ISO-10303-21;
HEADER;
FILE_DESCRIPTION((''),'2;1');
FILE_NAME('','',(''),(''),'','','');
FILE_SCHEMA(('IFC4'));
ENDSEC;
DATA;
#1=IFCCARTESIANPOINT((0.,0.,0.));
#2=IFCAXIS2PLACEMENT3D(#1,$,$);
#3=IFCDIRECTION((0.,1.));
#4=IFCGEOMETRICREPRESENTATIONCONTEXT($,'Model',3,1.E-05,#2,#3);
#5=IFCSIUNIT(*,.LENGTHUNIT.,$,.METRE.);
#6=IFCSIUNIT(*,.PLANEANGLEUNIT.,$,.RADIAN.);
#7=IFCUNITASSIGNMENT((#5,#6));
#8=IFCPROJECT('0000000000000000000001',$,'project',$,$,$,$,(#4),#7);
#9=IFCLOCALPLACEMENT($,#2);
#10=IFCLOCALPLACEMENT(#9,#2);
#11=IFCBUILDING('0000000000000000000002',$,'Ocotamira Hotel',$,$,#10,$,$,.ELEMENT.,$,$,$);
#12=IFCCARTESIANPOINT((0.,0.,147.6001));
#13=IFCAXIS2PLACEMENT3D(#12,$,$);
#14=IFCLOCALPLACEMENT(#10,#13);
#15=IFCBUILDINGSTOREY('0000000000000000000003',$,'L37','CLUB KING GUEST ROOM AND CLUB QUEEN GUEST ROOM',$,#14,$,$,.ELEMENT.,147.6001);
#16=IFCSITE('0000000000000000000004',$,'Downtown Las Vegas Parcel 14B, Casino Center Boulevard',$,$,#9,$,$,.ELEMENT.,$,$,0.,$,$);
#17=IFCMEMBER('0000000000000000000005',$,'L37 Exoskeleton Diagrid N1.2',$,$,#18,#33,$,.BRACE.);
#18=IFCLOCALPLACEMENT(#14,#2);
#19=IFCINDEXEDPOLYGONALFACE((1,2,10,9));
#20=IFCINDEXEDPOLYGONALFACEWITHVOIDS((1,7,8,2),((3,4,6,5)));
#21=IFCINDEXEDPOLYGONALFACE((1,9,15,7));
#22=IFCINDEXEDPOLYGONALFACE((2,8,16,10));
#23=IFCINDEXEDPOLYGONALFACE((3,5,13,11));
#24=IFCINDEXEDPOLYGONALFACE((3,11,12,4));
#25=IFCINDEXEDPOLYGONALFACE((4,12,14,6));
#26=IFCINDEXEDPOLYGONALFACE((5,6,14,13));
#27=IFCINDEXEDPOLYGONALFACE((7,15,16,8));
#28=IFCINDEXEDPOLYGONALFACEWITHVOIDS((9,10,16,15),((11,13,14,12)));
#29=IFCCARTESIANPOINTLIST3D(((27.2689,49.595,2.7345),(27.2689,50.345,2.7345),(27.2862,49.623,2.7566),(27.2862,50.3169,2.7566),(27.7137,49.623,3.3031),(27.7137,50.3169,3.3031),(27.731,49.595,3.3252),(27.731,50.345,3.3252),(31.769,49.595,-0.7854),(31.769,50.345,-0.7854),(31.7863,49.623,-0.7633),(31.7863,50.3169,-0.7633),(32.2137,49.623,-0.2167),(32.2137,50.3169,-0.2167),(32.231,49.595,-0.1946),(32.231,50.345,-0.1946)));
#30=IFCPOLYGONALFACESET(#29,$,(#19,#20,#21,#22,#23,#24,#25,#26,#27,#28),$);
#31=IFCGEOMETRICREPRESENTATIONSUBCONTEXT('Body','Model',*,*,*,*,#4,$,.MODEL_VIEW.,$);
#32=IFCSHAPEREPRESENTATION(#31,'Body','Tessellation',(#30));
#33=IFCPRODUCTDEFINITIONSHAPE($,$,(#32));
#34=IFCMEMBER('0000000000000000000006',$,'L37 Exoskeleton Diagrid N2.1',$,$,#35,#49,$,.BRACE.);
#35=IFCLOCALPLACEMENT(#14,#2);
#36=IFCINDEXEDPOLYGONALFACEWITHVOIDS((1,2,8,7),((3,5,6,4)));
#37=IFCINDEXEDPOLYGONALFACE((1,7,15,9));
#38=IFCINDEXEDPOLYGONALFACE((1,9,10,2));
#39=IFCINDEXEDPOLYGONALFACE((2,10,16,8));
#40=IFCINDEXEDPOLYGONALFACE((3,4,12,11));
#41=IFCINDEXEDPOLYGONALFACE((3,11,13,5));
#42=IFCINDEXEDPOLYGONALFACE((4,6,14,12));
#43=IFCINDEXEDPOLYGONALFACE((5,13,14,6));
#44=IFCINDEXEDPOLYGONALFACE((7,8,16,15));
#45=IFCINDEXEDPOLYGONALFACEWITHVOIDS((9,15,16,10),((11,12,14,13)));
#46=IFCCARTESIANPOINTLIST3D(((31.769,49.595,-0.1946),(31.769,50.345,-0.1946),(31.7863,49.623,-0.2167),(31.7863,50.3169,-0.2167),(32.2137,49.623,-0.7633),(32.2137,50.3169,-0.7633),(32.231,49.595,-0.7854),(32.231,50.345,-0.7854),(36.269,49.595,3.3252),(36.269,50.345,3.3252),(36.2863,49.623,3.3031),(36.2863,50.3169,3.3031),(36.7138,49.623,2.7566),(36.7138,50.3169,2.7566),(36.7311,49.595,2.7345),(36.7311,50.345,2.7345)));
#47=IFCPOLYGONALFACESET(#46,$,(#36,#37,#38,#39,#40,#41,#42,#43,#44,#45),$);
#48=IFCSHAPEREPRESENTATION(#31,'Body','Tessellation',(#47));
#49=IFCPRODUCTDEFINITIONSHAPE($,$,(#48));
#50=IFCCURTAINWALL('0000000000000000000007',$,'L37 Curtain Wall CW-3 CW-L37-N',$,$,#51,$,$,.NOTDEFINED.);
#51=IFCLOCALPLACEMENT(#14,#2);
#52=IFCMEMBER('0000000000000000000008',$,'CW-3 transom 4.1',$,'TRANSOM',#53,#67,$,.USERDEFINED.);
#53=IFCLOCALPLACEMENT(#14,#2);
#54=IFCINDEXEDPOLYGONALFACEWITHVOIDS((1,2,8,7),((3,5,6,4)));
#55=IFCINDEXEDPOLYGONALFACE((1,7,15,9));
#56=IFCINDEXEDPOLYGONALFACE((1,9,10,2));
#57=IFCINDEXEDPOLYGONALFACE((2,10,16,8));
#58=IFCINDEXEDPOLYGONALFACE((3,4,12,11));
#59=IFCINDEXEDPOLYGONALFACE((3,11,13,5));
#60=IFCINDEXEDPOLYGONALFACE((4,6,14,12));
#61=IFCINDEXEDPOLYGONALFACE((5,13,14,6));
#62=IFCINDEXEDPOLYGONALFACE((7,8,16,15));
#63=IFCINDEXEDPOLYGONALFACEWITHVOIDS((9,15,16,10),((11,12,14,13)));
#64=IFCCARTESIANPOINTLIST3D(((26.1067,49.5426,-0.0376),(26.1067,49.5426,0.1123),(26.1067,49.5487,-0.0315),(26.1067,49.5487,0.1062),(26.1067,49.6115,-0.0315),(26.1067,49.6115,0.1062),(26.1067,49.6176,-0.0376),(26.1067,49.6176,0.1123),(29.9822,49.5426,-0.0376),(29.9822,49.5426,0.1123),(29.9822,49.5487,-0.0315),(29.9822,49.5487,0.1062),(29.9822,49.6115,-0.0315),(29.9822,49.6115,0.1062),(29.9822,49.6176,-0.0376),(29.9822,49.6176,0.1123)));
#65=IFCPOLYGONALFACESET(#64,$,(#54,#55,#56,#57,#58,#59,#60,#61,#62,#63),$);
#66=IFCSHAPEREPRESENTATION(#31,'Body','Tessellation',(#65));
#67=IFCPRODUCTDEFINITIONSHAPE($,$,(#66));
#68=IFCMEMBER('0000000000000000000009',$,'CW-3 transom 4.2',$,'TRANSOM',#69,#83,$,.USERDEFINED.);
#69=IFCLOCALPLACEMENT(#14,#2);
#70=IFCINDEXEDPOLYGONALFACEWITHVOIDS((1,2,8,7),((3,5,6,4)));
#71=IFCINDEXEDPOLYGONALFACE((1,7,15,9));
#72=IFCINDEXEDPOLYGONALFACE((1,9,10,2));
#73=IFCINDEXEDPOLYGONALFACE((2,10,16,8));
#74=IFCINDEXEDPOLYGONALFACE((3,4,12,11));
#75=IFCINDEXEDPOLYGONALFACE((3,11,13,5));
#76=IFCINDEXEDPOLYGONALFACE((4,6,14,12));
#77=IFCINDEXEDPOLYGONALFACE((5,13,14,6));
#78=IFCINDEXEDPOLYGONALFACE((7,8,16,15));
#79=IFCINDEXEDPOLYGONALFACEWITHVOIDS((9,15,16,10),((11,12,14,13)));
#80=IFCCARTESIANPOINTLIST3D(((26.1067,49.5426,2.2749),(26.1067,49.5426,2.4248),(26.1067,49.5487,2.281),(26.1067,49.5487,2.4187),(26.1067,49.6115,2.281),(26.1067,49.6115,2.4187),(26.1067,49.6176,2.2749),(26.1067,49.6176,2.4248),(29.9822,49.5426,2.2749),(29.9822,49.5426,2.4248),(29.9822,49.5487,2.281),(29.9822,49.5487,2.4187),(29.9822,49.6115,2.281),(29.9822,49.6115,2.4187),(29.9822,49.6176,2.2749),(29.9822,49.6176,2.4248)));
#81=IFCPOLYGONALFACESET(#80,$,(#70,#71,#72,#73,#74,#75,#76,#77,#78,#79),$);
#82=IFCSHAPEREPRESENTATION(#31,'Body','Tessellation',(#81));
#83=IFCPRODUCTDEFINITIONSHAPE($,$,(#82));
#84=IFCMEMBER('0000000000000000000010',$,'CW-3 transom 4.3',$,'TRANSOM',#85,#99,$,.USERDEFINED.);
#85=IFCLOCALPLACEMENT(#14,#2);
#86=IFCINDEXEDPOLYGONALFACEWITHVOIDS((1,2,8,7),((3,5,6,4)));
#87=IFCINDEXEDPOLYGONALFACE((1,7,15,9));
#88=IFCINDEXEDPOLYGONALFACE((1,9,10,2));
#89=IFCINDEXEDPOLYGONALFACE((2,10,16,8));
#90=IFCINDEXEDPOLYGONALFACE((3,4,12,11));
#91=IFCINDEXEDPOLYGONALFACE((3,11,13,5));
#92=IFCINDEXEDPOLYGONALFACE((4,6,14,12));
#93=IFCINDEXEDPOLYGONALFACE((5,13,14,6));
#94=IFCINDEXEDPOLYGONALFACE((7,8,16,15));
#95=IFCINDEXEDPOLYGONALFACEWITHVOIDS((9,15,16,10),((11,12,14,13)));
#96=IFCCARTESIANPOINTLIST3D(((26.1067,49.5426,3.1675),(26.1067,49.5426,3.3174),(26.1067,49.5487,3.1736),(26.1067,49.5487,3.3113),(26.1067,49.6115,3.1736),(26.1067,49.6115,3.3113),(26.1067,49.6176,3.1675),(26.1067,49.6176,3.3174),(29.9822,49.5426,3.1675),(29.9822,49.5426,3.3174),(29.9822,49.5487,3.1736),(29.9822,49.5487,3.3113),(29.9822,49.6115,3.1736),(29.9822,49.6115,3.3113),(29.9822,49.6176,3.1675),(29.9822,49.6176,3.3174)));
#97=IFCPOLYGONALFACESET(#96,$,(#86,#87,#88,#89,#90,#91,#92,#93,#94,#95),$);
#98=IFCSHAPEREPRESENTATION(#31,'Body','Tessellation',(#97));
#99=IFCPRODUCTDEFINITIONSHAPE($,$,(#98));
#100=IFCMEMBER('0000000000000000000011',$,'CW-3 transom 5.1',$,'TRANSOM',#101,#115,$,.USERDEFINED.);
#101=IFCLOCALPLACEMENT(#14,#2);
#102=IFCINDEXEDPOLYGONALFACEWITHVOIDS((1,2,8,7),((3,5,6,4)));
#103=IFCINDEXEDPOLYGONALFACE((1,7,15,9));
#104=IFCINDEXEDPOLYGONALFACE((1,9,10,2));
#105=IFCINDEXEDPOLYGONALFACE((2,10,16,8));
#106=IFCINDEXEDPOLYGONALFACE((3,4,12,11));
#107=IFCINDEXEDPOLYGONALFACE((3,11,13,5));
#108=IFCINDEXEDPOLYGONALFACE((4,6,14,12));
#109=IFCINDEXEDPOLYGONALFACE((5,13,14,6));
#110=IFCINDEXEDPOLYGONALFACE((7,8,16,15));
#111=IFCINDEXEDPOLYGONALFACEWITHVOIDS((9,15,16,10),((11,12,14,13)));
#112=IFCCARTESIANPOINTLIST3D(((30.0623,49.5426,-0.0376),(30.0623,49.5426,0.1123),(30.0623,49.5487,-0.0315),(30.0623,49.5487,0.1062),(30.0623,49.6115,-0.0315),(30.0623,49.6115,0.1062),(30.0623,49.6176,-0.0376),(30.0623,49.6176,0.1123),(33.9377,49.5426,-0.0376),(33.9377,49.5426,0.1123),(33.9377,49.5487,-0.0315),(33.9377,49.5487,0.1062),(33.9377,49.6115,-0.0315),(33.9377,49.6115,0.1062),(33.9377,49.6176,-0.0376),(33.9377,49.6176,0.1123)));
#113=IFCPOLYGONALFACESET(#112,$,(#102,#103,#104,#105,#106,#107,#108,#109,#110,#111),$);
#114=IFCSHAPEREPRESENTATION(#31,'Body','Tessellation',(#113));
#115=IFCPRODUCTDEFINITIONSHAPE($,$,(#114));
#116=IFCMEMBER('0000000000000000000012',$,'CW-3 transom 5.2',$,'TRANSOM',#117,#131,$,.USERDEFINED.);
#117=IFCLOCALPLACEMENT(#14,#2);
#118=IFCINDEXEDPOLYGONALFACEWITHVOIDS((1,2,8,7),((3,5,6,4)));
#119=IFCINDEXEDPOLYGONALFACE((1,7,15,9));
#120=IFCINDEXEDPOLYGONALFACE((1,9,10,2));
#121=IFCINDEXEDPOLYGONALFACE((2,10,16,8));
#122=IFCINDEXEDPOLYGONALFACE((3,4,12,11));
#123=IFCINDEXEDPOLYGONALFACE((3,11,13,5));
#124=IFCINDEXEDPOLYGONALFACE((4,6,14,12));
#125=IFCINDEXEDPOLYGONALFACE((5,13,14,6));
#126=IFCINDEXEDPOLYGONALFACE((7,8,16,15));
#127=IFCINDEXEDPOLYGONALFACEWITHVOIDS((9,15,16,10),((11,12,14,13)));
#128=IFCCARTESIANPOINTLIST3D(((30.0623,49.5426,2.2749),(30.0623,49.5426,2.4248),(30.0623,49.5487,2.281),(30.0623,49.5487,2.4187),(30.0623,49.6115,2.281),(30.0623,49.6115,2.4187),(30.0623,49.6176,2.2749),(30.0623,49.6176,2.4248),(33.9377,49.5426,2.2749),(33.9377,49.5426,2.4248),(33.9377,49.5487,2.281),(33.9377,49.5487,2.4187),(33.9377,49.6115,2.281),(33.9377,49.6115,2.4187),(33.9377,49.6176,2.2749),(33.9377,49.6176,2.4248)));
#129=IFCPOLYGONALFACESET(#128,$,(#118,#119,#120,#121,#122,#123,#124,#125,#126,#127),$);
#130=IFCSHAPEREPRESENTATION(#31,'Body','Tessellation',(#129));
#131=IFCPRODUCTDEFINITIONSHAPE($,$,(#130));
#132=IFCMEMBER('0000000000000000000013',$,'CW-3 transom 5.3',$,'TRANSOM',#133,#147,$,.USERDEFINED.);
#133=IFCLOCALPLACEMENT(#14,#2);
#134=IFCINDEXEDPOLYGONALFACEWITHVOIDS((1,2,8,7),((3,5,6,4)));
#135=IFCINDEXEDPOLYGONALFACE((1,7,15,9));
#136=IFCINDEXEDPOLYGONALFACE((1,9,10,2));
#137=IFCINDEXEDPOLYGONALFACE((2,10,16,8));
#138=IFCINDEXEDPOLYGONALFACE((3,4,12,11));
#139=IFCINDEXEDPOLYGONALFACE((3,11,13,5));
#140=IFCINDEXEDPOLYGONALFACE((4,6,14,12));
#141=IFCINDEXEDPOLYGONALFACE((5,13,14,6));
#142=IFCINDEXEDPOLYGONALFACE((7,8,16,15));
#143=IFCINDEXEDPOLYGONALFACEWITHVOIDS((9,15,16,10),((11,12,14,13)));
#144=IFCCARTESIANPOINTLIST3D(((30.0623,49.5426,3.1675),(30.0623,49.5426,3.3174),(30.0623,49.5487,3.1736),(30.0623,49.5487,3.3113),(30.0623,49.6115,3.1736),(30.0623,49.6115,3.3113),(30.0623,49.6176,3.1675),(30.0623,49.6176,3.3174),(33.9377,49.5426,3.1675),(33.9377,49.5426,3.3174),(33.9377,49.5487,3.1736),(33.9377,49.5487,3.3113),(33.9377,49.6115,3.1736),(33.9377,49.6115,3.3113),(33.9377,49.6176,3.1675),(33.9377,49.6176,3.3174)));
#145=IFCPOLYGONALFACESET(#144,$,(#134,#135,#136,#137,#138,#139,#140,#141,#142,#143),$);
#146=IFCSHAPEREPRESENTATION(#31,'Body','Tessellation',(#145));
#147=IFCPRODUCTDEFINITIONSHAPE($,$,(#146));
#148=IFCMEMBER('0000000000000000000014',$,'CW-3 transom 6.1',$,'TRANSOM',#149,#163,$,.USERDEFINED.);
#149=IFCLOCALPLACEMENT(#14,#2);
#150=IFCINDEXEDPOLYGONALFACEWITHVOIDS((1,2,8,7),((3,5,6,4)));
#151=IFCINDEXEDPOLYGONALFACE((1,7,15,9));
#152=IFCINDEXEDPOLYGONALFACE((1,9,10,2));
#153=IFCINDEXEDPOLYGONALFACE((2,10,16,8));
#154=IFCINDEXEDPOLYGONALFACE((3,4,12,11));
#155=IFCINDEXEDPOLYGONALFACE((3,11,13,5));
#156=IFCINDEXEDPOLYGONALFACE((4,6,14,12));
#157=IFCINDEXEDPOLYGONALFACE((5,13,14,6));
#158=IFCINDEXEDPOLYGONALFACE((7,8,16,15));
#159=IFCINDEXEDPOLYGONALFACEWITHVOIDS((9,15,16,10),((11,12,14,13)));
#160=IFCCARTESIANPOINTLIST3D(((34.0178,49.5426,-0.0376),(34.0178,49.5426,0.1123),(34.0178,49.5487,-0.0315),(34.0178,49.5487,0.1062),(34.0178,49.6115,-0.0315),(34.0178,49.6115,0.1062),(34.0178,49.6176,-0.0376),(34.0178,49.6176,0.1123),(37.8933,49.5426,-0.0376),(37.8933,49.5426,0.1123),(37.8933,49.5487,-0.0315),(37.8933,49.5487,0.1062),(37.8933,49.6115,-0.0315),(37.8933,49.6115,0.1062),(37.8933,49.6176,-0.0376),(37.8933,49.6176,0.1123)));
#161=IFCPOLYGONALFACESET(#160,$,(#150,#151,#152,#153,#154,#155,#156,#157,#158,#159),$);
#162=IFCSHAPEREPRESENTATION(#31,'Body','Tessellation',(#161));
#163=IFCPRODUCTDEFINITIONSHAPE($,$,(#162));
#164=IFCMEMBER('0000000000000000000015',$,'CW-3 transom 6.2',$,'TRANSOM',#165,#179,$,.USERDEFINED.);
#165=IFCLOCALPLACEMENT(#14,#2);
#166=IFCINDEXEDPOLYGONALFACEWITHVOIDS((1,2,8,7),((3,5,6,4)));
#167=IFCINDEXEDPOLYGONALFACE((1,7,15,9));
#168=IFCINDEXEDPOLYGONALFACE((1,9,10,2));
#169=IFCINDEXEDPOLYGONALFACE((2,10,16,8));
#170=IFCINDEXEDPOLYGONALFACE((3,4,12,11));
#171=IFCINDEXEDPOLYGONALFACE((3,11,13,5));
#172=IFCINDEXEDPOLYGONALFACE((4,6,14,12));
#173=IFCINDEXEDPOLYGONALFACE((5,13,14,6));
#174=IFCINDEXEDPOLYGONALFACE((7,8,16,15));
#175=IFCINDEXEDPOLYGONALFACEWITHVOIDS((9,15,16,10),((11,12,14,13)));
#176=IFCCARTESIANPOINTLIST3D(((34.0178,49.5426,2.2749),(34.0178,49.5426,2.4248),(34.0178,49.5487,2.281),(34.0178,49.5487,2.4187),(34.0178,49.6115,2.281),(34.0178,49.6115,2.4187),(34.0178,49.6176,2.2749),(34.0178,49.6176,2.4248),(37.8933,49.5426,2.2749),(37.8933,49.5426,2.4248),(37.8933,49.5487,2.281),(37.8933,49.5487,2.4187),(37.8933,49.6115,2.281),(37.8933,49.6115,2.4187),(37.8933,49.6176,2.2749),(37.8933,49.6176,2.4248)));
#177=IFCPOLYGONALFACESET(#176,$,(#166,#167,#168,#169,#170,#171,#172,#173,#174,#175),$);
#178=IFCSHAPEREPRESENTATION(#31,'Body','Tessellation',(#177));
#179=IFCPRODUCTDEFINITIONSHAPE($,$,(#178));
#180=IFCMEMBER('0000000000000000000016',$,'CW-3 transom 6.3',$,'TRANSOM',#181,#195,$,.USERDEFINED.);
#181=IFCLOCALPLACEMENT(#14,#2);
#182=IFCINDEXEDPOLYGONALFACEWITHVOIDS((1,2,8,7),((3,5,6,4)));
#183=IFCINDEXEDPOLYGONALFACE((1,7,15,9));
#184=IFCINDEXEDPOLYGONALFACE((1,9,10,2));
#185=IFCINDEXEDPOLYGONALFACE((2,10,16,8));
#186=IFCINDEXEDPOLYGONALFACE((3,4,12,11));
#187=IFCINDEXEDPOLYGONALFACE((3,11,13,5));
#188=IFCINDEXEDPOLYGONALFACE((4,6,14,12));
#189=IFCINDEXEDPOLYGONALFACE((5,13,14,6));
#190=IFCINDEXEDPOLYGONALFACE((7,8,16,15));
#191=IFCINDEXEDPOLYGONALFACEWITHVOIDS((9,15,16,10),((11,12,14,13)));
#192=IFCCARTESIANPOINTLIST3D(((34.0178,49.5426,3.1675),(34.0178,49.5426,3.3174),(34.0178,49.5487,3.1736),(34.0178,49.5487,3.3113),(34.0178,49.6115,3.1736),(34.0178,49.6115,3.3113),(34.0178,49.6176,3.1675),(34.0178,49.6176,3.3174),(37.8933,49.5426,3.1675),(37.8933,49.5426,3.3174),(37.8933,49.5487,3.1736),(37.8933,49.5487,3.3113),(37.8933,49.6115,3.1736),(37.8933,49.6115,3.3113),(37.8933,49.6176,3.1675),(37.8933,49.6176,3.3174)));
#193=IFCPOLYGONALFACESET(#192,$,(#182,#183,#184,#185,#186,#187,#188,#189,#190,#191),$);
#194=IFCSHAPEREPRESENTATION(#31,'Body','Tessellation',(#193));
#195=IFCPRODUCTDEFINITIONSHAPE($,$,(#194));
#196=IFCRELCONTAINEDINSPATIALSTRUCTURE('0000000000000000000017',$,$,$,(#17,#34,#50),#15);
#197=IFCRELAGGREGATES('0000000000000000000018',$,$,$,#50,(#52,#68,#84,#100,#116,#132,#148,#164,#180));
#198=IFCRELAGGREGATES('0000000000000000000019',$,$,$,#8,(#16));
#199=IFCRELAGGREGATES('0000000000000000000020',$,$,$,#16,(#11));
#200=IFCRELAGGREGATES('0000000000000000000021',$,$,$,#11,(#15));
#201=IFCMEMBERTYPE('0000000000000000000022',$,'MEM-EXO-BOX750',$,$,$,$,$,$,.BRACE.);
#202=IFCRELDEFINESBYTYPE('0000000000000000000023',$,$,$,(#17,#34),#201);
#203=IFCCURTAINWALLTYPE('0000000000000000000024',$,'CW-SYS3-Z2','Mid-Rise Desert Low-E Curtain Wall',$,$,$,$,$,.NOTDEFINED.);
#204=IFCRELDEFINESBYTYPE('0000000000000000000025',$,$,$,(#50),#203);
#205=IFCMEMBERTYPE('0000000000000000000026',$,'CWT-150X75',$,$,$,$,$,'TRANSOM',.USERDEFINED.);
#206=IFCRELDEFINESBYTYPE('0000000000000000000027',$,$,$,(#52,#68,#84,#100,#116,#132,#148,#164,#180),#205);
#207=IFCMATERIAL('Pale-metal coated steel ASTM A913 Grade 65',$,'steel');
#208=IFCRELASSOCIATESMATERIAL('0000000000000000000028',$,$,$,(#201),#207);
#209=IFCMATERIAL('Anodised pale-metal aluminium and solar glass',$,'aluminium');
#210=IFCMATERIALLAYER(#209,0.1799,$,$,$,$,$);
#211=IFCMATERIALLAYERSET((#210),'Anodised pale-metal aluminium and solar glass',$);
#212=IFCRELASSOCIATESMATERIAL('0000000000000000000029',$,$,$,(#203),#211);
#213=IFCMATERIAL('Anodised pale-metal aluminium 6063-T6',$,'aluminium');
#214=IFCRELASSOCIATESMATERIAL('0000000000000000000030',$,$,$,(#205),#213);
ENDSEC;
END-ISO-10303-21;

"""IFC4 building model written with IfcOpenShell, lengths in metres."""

from ifc_helpers import new_model, si_unit, direction, frame, origin, origin_2d, place, context, subcontext, project, spatial, hollow_rectangle, extrude, source, transform, mapped, material, layer, layer_set, material_profile, profile_set, type_object, element, aggregate, save


model = new_model("IFC4")

# Units and contexts
model_context = context("Model", 3, precision=1e-05, world=origin(), true_north=direction((0.0, 1.0)))
body_context = subcontext(model_context, "Body", "Model", "MODEL_VIEW")
ifc_project = project(units=[si_unit("LENGTHUNIT", "METRE"), si_unit("PLANEANGLEUNIT", "RADIAN")], contexts=[model_context])

# Site, building, storey
site_placement = place(None, origin())
site = spatial("IfcSite", under=ifc_project, at=site_placement, Name="Downtown Las Vegas Parcel 14B, Casino Center Boulevard", CompositionType="ELEMENT", RefElevation=0.0)
building_placement = place(site_placement, origin())
building = spatial("IfcBuilding", under=site, at=building_placement, Name="Ocotamira Hotel", CompositionType="ELEMENT")
storey_placement = place(building_placement, frame((0.0, 0.0, 147.6001)))
storey = spatial("IfcBuildingStorey", under=building, at=storey_placement, Name="L37", Description="CLUB KING GUEST ROOM AND CLUB QUEEN GUEST ROOM", CompositionType="ELEMENT", Elevation=147.6001)

# Members
ifc_material_1 = material(Name="Pale-metal coated steel ASTM A913 Grade 65", Category="steel")
ifc_material_profile_1 = material_profile(ifc_material_1, hollow_rectangle(XDim=0.75, YDim=0.75, WallThickness=0.0281, at=origin_2d()), Name="BOX750X750X28")
ifc_profile_set_1 = profile_set([ifc_material_profile_1], Name="Pale-metal coated steel ASTM A913 Grade 65")
member_type_1 = type_object("IfcMemberType", Name="MEM-EXO-BOX750", PredefinedType="BRACE", material=ifc_profile_set_1)
shared_shape_1 = source(origin(), body_context, "Body", "SweptSolid", [
    extrude(hollow_rectangle(XDim=0.75, YDim=0.75, WallThickness=0.0281, at=origin_2d()), origin(), (0.0, 0.0, 1.0), 5.7131),
])
for number, where, z_axis, x_axis, name in (
    (1, (32.0, 49.97, -0.49), (-0.787672, 0.0, 0.616095), (0.0, -1.0, 0.0), "L37 Exoskeleton Diagrid N1.2"),
    (2, (32.0, 49.97, -0.49), (0.787672, 0.0, 0.616095), (0.0, 1.0, 0.0), "L37 Exoskeleton Diagrid N2.1"),
):
    element("IfcMember", number, at=place(storey_placement, frame(where, z_axis=z_axis, x_axis=x_axis)), inside=storey, type_object=member_type_1, Name=name, PredefinedType="BRACE", context=body_context, shape_type="MappedRepresentation", body=[
        mapped(shared_shape_1, transform((0.0, 0.0, 0.0), scale=1.0)),
    ])

# Curtain wall, members
ifc_material_2 = material(Name="Anodised pale-metal aluminium and solar glass", Category="aluminium")
ifc_layer_1 = layer(ifc_material_2, 0.1799)
ifc_layer_set_1 = layer_set([ifc_layer_1], Name="Anodised pale-metal aluminium and solar glass")
curtain_wall_type = type_object("IfcCurtainWallType", Name="CW-SYS3-Z2", Description="Mid-Rise Desert Low-E Curtain Wall", PredefinedType="NOTDEFINED", material=ifc_layer_set_1)
curtain_wall_placement = place(storey_placement, origin())
curtain_wall = element("IfcCurtainWall", 3, at=curtain_wall_placement, inside=storey, type_object=curtain_wall_type, Name="L37 Curtain Wall CW-3 CW-L37-N", PredefinedType="NOTDEFINED")
ifc_material_3 = material(Name="Anodised pale-metal aluminium 6063-T6", Category="aluminium")
ifc_material_profile_2 = material_profile(ifc_material_3, hollow_rectangle(XDim=0.075, YDim=0.1499, WallThickness=0.0061, at=origin_2d()), Name="HSS150X75X6")
ifc_profile_set_2 = profile_set([ifc_material_profile_2], Name="Anodised pale-metal aluminium 6063-T6")
member_type_2 = type_object("IfcMemberType", Name="CWT-150X75", ElementType="TRANSOM", PredefinedType="USERDEFINED", material=ifc_profile_set_2)
shared_shape_2 = source(origin(), body_context, "Body", "SweptSolid", [
    extrude(hollow_rectangle(XDim=0.075, YDim=0.1499, WallThickness=0.0061, at=origin_2d()), origin(), (0.0, 0.0, 1.0), 3.8755),
])
member_1_placement = place(storey_placement, frame((26.1067, 49.5801, 0.0374), z_axis=(1.0, 0.0, 0.0), x_axis=(0.0, 1.0, 0.0)))
member_1 = element("IfcMember", 4, at=member_1_placement, type_object=member_type_2, Name="CW-3 transom 4.1", ObjectType="TRANSOM", PredefinedType="USERDEFINED", context=body_context, shape_type="MappedRepresentation", body=[
    mapped(shared_shape_2, transform((0.0, 0.0, 0.0), scale=1.0)),
])
member_2_placement = place(storey_placement, frame((26.1067, 49.5801, 2.3499), z_axis=(1.0, 0.0, 0.0), x_axis=(0.0, 1.0, 0.0)))
member_2 = element("IfcMember", 5, at=member_2_placement, type_object=member_type_2, Name="CW-3 transom 4.2", ObjectType="TRANSOM", PredefinedType="USERDEFINED", context=body_context, shape_type="MappedRepresentation", body=[
    mapped(shared_shape_2, transform((0.0, 0.0, 0.0), scale=1.0)),
])
member_3_placement = place(storey_placement, frame((26.1067, 49.5801, 3.2424), z_axis=(1.0, 0.0, 0.0), x_axis=(0.0, 1.0, 0.0)))
member_3 = element("IfcMember", 6, at=member_3_placement, type_object=member_type_2, Name="CW-3 transom 4.3", ObjectType="TRANSOM", PredefinedType="USERDEFINED", context=body_context, shape_type="MappedRepresentation", body=[
    mapped(shared_shape_2, transform((0.0, 0.0, 0.0), scale=1.0)),
])
member_4_placement = place(storey_placement, frame((30.0623, 49.5801, 0.0374), z_axis=(1.0, 0.0, 0.0), x_axis=(0.0, 1.0, 0.0)))
member_4 = element("IfcMember", 7, at=member_4_placement, type_object=member_type_2, Name="CW-3 transom 5.1", ObjectType="TRANSOM", PredefinedType="USERDEFINED", context=body_context, shape_type="MappedRepresentation", body=[
    mapped(shared_shape_2, transform((0.0, 0.0, 0.0), scale=1.0)),
])
member_5_placement = place(storey_placement, frame((30.0623, 49.5801, 2.3499), z_axis=(1.0, 0.0, 0.0), x_axis=(0.0, 1.0, 0.0)))
member_5 = element("IfcMember", 8, at=member_5_placement, type_object=member_type_2, Name="CW-3 transom 5.2", ObjectType="TRANSOM", PredefinedType="USERDEFINED", context=body_context, shape_type="MappedRepresentation", body=[
    mapped(shared_shape_2, transform((0.0, 0.0, 0.0), scale=1.0)),
])
member_6_placement = place(storey_placement, frame((30.0623, 49.5801, 3.2424), z_axis=(1.0, 0.0, 0.0), x_axis=(0.0, 1.0, 0.0)))
member_6 = element("IfcMember", 9, at=member_6_placement, type_object=member_type_2, Name="CW-3 transom 5.3", ObjectType="TRANSOM", PredefinedType="USERDEFINED", context=body_context, shape_type="MappedRepresentation", body=[
    mapped(shared_shape_2, transform((0.0, 0.0, 0.0), scale=1.0)),
])
member_7_placement = place(storey_placement, frame((34.0178, 49.5801, 0.0374), z_axis=(1.0, 0.0, 0.0), x_axis=(0.0, 1.0, 0.0)))
member_7 = element("IfcMember", 10, at=member_7_placement, type_object=member_type_2, Name="CW-3 transom 6.1", ObjectType="TRANSOM", PredefinedType="USERDEFINED", context=body_context, shape_type="MappedRepresentation", body=[
    mapped(shared_shape_2, transform((0.0, 0.0, 0.0), scale=1.0)),
])
member_8_placement = place(storey_placement, frame((34.0178, 49.5801, 2.3499), z_axis=(1.0, 0.0, 0.0), x_axis=(0.0, 1.0, 0.0)))
member_8 = element("IfcMember", 11, at=member_8_placement, type_object=member_type_2, Name="CW-3 transom 6.2", ObjectType="TRANSOM", PredefinedType="USERDEFINED", context=body_context, shape_type="MappedRepresentation", body=[
    mapped(shared_shape_2, transform((0.0, 0.0, 0.0), scale=1.0)),
])
member_9_placement = place(storey_placement, frame((34.0178, 49.5801, 3.2424), z_axis=(1.0, 0.0, 0.0), x_axis=(0.0, 1.0, 0.0)))
member_9 = element("IfcMember", 12, at=member_9_placement, type_object=member_type_2, Name="CW-3 transom 6.3", ObjectType="TRANSOM", PredefinedType="USERDEFINED", context=body_context, shape_type="MappedRepresentation", body=[
    mapped(shared_shape_2, transform((0.0, 0.0, 0.0), scale=1.0)),
])

aggregate(curtain_wall, [member_1, member_2, member_3, member_4, member_5, member_6, member_7, member_8, member_9])

save(model, "model.ifc")
